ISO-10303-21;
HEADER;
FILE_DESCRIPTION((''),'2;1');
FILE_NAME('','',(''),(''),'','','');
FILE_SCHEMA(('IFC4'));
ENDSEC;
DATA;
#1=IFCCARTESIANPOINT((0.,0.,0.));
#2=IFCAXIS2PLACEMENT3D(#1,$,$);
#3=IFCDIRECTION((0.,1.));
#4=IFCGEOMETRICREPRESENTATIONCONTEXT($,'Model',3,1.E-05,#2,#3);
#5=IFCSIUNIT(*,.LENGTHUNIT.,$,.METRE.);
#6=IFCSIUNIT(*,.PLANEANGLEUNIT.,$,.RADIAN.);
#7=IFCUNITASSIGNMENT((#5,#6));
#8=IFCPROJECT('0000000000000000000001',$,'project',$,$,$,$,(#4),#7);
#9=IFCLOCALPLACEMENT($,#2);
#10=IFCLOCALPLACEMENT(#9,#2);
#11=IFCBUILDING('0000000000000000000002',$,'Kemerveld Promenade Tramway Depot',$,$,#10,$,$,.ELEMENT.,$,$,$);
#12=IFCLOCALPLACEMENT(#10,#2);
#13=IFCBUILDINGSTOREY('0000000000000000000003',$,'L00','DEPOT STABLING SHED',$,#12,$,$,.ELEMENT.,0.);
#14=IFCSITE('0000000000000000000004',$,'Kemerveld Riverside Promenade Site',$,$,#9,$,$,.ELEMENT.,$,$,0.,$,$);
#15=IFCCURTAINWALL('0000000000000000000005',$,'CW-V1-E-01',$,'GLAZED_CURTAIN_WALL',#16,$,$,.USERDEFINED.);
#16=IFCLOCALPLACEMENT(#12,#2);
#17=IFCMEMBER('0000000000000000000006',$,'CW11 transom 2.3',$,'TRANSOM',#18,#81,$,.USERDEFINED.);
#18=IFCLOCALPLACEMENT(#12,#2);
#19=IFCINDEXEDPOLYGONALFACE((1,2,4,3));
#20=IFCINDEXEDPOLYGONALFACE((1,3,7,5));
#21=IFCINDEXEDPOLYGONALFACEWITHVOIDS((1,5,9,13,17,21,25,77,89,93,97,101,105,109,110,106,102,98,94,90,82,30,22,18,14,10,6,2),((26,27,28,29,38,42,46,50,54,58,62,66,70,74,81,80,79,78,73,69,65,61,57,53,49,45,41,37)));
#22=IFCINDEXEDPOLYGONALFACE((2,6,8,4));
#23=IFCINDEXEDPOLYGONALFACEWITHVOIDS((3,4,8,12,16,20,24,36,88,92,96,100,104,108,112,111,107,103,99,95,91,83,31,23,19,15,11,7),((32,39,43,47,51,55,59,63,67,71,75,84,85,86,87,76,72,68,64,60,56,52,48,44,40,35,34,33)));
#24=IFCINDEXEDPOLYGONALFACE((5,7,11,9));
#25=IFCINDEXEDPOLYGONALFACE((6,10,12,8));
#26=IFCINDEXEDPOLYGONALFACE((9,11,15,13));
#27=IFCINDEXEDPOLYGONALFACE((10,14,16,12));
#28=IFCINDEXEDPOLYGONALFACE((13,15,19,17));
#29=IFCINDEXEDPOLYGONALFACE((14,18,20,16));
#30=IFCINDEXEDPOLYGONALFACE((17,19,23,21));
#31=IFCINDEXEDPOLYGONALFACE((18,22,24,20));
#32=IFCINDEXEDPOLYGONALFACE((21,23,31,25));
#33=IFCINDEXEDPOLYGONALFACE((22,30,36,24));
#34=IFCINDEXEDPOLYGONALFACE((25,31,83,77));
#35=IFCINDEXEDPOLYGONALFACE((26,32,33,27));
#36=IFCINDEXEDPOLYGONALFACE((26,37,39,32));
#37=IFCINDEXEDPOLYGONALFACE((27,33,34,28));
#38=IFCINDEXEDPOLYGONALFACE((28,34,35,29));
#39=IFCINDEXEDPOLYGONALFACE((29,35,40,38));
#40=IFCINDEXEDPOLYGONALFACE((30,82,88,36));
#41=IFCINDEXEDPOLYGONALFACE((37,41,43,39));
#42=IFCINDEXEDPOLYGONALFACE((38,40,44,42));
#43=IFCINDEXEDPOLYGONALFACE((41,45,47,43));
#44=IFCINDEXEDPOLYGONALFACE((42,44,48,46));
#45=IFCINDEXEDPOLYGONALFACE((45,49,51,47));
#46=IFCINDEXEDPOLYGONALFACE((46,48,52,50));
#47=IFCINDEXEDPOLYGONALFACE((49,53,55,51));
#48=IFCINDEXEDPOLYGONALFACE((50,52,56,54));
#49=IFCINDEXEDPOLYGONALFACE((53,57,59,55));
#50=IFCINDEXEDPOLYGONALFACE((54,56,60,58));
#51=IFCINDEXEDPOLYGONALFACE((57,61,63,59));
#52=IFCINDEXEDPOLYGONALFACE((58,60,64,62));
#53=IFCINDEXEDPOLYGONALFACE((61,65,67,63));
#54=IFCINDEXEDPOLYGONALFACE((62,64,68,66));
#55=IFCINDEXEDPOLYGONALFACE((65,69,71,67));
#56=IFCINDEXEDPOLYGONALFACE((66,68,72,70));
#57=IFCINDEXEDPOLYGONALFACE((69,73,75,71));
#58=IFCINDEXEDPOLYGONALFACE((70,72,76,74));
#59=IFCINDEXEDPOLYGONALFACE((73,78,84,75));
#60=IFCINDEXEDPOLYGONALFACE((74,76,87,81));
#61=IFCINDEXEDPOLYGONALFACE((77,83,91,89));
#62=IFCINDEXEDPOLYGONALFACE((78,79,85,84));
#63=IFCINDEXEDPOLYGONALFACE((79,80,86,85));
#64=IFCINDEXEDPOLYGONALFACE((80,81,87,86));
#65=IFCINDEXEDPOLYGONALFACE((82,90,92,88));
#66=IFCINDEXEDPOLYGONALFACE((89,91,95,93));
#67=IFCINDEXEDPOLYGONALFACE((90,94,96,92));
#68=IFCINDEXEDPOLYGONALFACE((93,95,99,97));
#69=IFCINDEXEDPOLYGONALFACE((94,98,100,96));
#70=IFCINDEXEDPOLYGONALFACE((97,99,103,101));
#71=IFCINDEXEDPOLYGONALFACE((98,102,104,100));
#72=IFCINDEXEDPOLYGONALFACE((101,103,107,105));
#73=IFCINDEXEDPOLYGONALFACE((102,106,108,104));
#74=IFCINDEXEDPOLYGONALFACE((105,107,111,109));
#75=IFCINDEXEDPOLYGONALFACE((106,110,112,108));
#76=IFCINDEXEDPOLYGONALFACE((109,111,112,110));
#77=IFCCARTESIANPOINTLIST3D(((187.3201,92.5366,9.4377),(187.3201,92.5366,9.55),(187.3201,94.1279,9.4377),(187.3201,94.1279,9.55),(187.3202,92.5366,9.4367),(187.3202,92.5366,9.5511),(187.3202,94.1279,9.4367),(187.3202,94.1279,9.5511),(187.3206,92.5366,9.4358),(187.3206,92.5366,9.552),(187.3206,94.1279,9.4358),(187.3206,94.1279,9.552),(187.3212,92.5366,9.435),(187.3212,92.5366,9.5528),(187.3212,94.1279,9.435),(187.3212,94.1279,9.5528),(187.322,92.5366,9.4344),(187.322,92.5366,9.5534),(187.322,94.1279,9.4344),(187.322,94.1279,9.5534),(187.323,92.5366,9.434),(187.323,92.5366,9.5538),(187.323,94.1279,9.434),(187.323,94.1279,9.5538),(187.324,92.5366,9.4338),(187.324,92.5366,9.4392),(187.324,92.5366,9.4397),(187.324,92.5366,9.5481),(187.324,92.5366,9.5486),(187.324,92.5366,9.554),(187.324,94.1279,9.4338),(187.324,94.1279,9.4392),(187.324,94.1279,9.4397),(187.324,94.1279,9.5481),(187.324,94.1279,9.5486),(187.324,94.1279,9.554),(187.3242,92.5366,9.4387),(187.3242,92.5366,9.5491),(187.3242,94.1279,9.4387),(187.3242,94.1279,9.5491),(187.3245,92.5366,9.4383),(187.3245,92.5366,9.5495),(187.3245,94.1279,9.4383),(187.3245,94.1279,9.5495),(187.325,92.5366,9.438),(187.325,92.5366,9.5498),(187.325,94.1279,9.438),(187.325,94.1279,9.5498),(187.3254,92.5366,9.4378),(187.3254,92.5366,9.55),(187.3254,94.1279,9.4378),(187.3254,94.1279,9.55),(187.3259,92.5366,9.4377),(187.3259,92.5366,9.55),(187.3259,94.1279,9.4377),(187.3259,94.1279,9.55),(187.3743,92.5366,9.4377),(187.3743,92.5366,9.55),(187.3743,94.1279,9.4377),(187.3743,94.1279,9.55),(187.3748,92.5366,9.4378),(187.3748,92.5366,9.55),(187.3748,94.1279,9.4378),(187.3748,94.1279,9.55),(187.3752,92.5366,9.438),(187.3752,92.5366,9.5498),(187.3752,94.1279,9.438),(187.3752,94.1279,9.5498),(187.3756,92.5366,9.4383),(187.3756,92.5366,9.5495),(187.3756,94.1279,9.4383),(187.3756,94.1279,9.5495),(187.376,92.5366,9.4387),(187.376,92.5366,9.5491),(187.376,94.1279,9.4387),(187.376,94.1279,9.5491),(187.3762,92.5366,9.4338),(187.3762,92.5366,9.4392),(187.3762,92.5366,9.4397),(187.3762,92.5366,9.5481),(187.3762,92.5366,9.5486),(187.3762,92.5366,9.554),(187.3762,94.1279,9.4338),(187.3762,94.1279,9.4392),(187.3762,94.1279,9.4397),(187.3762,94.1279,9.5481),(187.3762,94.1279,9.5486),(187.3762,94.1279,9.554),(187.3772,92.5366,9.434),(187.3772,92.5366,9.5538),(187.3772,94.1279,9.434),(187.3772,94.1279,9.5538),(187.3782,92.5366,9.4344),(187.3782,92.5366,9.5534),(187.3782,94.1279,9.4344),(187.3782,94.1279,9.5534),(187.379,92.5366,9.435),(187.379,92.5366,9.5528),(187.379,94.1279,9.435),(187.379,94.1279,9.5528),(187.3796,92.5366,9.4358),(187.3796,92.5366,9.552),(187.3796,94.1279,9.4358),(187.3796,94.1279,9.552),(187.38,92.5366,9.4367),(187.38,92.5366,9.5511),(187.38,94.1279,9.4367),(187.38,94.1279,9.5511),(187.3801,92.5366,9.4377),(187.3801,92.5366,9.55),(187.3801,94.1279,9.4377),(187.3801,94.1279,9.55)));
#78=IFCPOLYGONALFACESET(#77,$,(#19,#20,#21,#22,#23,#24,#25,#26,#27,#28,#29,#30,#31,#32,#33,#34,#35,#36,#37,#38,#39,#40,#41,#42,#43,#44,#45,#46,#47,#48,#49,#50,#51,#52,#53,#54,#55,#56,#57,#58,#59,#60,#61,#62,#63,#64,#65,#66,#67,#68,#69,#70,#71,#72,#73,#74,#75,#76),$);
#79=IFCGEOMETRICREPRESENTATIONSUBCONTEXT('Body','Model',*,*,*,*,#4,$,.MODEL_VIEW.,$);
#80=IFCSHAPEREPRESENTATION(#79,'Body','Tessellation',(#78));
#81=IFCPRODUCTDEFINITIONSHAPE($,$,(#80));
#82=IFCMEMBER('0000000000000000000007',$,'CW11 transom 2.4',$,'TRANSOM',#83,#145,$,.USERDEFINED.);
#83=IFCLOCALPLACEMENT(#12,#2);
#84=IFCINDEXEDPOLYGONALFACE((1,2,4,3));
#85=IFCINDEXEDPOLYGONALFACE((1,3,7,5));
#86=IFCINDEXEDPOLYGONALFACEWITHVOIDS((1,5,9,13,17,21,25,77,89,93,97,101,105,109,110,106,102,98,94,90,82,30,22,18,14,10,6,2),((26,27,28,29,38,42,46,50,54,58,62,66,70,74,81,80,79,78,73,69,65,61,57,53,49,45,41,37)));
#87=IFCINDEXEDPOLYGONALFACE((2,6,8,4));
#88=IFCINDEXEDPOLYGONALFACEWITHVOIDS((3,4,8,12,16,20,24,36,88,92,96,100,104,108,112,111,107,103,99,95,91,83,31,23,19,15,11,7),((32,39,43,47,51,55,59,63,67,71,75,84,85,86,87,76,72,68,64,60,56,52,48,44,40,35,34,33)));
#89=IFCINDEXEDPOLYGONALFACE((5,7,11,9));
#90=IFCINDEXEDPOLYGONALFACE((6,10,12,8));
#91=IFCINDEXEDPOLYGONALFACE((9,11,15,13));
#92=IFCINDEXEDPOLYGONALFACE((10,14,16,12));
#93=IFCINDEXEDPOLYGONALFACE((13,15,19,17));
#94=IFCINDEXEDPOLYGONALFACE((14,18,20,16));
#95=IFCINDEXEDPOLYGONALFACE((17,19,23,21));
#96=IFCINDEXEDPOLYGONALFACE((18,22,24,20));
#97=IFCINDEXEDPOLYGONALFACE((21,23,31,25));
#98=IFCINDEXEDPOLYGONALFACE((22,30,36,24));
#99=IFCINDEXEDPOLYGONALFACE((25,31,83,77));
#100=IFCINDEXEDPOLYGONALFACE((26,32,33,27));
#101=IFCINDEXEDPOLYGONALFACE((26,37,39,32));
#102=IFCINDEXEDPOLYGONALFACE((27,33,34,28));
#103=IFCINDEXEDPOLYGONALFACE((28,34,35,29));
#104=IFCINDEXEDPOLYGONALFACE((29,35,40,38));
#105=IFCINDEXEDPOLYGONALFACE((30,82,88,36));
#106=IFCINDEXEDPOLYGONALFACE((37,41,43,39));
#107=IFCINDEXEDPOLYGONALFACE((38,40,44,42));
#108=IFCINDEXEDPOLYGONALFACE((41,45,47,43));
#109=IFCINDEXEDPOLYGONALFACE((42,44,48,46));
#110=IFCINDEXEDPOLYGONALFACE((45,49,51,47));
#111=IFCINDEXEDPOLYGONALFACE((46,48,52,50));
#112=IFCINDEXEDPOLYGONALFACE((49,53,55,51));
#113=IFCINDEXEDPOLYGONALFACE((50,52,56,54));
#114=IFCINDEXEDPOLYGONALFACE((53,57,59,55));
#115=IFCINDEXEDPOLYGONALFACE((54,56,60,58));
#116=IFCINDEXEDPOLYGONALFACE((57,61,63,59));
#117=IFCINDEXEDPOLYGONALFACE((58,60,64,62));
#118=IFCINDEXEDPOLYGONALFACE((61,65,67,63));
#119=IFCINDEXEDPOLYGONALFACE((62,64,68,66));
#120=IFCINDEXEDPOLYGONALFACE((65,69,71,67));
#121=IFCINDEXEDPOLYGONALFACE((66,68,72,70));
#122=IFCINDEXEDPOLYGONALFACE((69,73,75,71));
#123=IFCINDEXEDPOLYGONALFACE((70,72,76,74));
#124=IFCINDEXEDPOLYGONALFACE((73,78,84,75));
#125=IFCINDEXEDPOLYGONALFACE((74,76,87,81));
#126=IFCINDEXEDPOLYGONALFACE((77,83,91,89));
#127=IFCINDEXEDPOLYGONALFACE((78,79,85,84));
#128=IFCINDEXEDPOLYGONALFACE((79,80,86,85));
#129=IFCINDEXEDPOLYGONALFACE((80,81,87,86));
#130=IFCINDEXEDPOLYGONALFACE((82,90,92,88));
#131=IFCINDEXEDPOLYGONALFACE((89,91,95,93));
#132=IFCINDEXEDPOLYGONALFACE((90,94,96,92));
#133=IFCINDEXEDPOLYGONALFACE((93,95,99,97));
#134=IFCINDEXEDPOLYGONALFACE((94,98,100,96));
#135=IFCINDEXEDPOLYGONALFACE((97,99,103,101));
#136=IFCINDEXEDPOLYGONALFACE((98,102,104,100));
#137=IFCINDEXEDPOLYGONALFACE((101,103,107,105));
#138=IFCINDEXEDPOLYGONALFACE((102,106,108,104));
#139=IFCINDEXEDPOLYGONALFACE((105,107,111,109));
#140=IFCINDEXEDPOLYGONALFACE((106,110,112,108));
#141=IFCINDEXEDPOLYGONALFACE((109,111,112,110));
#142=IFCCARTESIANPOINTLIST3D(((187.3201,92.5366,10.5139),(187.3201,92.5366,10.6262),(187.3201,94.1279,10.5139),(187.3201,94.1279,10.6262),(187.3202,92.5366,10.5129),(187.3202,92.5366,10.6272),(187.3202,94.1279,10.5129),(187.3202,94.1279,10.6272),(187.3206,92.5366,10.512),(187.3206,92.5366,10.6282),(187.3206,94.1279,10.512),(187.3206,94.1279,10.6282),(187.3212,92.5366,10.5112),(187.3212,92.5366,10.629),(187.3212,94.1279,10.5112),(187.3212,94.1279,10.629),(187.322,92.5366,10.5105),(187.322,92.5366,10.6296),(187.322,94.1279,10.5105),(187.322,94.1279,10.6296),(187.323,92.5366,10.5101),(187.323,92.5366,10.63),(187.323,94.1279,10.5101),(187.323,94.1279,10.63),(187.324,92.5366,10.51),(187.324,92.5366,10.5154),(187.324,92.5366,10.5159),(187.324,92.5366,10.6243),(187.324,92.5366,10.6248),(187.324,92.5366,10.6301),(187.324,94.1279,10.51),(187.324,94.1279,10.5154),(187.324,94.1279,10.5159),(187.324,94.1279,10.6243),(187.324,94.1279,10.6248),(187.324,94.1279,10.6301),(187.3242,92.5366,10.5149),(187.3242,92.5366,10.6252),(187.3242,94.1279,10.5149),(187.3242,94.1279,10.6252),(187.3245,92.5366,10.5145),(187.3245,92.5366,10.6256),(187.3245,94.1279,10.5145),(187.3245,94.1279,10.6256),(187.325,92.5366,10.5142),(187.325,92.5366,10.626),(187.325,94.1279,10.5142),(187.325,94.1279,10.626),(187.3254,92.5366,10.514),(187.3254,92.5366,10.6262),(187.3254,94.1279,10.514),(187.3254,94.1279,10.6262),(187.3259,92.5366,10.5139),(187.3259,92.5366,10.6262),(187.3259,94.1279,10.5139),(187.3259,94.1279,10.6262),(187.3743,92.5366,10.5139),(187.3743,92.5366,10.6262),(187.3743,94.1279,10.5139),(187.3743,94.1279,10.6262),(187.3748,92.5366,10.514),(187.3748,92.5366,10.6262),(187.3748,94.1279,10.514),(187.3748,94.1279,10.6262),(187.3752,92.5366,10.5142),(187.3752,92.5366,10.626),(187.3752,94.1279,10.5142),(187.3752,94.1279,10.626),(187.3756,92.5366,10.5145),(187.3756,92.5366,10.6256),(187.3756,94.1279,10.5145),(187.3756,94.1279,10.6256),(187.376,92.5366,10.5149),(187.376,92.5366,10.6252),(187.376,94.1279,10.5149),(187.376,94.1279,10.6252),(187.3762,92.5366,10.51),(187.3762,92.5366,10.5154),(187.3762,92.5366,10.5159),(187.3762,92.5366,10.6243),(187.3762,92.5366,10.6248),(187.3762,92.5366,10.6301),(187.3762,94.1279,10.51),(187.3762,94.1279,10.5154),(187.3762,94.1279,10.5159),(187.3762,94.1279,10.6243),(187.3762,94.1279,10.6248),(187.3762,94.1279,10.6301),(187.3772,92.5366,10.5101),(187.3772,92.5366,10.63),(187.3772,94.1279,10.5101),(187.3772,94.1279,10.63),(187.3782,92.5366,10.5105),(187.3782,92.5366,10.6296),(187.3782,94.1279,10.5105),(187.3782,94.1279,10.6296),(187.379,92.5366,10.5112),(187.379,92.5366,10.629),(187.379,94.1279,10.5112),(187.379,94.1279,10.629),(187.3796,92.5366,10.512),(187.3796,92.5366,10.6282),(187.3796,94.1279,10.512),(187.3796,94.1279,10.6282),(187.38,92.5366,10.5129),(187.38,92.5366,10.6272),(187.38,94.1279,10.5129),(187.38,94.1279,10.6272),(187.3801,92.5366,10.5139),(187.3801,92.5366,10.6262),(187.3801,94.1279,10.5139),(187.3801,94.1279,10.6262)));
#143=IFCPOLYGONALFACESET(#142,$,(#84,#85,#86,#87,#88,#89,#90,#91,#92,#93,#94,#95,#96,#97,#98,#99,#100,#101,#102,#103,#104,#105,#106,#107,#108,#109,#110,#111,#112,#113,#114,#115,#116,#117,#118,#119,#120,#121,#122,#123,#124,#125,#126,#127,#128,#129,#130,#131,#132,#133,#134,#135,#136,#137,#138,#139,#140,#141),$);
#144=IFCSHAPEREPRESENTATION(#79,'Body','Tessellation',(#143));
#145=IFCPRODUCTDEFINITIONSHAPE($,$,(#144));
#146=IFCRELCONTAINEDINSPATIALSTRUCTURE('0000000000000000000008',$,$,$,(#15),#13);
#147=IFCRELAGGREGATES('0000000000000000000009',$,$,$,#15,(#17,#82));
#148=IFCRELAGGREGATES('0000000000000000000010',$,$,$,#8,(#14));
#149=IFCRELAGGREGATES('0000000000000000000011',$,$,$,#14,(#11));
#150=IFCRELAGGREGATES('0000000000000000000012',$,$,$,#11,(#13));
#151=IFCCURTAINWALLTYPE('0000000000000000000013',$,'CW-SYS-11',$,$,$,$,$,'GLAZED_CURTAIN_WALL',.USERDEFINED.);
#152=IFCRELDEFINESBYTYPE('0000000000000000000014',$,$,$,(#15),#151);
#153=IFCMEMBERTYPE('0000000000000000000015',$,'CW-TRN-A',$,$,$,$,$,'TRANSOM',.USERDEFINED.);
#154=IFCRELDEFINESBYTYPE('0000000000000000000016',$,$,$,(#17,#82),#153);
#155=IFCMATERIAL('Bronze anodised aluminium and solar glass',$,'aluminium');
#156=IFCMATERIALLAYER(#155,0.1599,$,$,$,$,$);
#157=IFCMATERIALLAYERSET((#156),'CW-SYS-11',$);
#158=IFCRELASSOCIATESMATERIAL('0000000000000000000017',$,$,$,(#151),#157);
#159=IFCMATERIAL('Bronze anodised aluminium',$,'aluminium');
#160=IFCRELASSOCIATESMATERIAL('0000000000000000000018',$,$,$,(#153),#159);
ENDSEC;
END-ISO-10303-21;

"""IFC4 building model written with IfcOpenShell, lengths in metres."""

from ifc_helpers import new_model, si_unit, direction, frame, origin, origin_2d, place, context, subcontext, project, spatial, hollow_rectangle, extrude, material, layer, layer_set, material_profile, profile_set, type_object, element, aggregate, save


model = new_model("IFC4")

# Units and contexts
model_context = context("Model", 3, precision=1e-05, world=origin(), true_north=direction((0.0, 1.0)))
body_context = subcontext(model_context, "Body", "Model", "MODEL_VIEW")
ifc_project = project(units=[si_unit("LENGTHUNIT", "METRE"), si_unit("PLANEANGLEUNIT", "RADIAN")], contexts=[model_context])

# Site, building, storey
site_placement = place(None, origin())
site = spatial("IfcSite", under=ifc_project, at=site_placement, Name="Kemerveld Riverside Promenade Site", CompositionType="ELEMENT", RefElevation=0.0)
building_placement = place(site_placement, origin())
building = spatial("IfcBuilding", under=site, at=building_placement, Name="Kemerveld Promenade Tramway Depot", CompositionType="ELEMENT")
storey_placement = place(building_placement, origin())
storey = spatial("IfcBuildingStorey", under=building, at=storey_placement, Name="L00", Description="DEPOT STABLING SHED", CompositionType="ELEMENT", Elevation=0.0)

# Curtain wall, members
ifc_material_1 = material(Name="Bronze anodised aluminium and solar glass", Category="aluminium")
ifc_layer_1 = layer(ifc_material_1, 0.1599)
ifc_layer_set_1 = layer_set([ifc_layer_1], Name="CW-SYS-11")
curtain_wall_type = type_object("IfcCurtainWallType", Name="CW-SYS-11", ElementType="GLAZED_CURTAIN_WALL", PredefinedType="USERDEFINED", material=ifc_layer_set_1)
curtain_wall_placement = place(storey_placement, origin())
curtain_wall = element("IfcCurtainWall", 1, at=curtain_wall_placement, inside=storey, type_object=curtain_wall_type, Name="CW-V1-E-01", ObjectType="GLAZED_CURTAIN_WALL", PredefinedType="USERDEFINED")
ifc_material_2 = material(Name="Bronze anodised aluminium", Category="aluminium")
ifc_material_profile_1 = material_profile(ifc_material_2, hollow_rectangle(XDim=0.0601, YDim=0.1201, WallThickness=0.0039, InnerFilletRadius=0.002, OuterFilletRadius=0.0039, at=origin_2d()), Name="CW-TRN-120x60")
ifc_profile_set_1 = profile_set([ifc_material_profile_1], Name="Bronze anodised aluminium")
member_type_1 = type_object("IfcMemberType", Name="CW-TRN-A", ElementType="TRANSOM", PredefinedType="USERDEFINED", material=ifc_profile_set_1)
member_1_placement = place(storey_placement, frame((187.3501, 94.1279, 9.4939), z_axis=(0.0, -1.0, 0.0), x_axis=(1.0, 0.0, 0.0)))
member_1 = element("IfcMember", 2, at=member_1_placement, type_object=member_type_1, Name="CW11 transom 2.3", ObjectType="TRANSOM", PredefinedType="USERDEFINED", context=body_context, shape_type="SweptSolid", body=[
    extrude(hollow_rectangle(XDim=0.0601, YDim=0.1201, WallThickness=0.0039, InnerFilletRadius=0.002, OuterFilletRadius=0.0039, at=origin_2d()), origin(), (0.0, 0.0, 1.0), 1.5913),
])
member_2_placement = place(storey_placement, frame((187.3501, 94.1279, 10.5701), z_axis=(0.0, -1.0, 0.0), x_axis=(1.0, 0.0, 0.0)))
member_2 = element("IfcMember", 3, at=member_2_placement, type_object=member_type_1, Name="CW11 transom 2.4", ObjectType="TRANSOM", PredefinedType="USERDEFINED", context=body_context, shape_type="SweptSolid", body=[
    extrude(hollow_rectangle(XDim=0.0601, YDim=0.1201, WallThickness=0.0039, InnerFilletRadius=0.002, OuterFilletRadius=0.0039, at=origin_2d()), origin(), (0.0, 0.0, 1.0), 1.5913),
])

aggregate(curtain_wall, [member_1, member_2])

save(model, "model.ifc")
